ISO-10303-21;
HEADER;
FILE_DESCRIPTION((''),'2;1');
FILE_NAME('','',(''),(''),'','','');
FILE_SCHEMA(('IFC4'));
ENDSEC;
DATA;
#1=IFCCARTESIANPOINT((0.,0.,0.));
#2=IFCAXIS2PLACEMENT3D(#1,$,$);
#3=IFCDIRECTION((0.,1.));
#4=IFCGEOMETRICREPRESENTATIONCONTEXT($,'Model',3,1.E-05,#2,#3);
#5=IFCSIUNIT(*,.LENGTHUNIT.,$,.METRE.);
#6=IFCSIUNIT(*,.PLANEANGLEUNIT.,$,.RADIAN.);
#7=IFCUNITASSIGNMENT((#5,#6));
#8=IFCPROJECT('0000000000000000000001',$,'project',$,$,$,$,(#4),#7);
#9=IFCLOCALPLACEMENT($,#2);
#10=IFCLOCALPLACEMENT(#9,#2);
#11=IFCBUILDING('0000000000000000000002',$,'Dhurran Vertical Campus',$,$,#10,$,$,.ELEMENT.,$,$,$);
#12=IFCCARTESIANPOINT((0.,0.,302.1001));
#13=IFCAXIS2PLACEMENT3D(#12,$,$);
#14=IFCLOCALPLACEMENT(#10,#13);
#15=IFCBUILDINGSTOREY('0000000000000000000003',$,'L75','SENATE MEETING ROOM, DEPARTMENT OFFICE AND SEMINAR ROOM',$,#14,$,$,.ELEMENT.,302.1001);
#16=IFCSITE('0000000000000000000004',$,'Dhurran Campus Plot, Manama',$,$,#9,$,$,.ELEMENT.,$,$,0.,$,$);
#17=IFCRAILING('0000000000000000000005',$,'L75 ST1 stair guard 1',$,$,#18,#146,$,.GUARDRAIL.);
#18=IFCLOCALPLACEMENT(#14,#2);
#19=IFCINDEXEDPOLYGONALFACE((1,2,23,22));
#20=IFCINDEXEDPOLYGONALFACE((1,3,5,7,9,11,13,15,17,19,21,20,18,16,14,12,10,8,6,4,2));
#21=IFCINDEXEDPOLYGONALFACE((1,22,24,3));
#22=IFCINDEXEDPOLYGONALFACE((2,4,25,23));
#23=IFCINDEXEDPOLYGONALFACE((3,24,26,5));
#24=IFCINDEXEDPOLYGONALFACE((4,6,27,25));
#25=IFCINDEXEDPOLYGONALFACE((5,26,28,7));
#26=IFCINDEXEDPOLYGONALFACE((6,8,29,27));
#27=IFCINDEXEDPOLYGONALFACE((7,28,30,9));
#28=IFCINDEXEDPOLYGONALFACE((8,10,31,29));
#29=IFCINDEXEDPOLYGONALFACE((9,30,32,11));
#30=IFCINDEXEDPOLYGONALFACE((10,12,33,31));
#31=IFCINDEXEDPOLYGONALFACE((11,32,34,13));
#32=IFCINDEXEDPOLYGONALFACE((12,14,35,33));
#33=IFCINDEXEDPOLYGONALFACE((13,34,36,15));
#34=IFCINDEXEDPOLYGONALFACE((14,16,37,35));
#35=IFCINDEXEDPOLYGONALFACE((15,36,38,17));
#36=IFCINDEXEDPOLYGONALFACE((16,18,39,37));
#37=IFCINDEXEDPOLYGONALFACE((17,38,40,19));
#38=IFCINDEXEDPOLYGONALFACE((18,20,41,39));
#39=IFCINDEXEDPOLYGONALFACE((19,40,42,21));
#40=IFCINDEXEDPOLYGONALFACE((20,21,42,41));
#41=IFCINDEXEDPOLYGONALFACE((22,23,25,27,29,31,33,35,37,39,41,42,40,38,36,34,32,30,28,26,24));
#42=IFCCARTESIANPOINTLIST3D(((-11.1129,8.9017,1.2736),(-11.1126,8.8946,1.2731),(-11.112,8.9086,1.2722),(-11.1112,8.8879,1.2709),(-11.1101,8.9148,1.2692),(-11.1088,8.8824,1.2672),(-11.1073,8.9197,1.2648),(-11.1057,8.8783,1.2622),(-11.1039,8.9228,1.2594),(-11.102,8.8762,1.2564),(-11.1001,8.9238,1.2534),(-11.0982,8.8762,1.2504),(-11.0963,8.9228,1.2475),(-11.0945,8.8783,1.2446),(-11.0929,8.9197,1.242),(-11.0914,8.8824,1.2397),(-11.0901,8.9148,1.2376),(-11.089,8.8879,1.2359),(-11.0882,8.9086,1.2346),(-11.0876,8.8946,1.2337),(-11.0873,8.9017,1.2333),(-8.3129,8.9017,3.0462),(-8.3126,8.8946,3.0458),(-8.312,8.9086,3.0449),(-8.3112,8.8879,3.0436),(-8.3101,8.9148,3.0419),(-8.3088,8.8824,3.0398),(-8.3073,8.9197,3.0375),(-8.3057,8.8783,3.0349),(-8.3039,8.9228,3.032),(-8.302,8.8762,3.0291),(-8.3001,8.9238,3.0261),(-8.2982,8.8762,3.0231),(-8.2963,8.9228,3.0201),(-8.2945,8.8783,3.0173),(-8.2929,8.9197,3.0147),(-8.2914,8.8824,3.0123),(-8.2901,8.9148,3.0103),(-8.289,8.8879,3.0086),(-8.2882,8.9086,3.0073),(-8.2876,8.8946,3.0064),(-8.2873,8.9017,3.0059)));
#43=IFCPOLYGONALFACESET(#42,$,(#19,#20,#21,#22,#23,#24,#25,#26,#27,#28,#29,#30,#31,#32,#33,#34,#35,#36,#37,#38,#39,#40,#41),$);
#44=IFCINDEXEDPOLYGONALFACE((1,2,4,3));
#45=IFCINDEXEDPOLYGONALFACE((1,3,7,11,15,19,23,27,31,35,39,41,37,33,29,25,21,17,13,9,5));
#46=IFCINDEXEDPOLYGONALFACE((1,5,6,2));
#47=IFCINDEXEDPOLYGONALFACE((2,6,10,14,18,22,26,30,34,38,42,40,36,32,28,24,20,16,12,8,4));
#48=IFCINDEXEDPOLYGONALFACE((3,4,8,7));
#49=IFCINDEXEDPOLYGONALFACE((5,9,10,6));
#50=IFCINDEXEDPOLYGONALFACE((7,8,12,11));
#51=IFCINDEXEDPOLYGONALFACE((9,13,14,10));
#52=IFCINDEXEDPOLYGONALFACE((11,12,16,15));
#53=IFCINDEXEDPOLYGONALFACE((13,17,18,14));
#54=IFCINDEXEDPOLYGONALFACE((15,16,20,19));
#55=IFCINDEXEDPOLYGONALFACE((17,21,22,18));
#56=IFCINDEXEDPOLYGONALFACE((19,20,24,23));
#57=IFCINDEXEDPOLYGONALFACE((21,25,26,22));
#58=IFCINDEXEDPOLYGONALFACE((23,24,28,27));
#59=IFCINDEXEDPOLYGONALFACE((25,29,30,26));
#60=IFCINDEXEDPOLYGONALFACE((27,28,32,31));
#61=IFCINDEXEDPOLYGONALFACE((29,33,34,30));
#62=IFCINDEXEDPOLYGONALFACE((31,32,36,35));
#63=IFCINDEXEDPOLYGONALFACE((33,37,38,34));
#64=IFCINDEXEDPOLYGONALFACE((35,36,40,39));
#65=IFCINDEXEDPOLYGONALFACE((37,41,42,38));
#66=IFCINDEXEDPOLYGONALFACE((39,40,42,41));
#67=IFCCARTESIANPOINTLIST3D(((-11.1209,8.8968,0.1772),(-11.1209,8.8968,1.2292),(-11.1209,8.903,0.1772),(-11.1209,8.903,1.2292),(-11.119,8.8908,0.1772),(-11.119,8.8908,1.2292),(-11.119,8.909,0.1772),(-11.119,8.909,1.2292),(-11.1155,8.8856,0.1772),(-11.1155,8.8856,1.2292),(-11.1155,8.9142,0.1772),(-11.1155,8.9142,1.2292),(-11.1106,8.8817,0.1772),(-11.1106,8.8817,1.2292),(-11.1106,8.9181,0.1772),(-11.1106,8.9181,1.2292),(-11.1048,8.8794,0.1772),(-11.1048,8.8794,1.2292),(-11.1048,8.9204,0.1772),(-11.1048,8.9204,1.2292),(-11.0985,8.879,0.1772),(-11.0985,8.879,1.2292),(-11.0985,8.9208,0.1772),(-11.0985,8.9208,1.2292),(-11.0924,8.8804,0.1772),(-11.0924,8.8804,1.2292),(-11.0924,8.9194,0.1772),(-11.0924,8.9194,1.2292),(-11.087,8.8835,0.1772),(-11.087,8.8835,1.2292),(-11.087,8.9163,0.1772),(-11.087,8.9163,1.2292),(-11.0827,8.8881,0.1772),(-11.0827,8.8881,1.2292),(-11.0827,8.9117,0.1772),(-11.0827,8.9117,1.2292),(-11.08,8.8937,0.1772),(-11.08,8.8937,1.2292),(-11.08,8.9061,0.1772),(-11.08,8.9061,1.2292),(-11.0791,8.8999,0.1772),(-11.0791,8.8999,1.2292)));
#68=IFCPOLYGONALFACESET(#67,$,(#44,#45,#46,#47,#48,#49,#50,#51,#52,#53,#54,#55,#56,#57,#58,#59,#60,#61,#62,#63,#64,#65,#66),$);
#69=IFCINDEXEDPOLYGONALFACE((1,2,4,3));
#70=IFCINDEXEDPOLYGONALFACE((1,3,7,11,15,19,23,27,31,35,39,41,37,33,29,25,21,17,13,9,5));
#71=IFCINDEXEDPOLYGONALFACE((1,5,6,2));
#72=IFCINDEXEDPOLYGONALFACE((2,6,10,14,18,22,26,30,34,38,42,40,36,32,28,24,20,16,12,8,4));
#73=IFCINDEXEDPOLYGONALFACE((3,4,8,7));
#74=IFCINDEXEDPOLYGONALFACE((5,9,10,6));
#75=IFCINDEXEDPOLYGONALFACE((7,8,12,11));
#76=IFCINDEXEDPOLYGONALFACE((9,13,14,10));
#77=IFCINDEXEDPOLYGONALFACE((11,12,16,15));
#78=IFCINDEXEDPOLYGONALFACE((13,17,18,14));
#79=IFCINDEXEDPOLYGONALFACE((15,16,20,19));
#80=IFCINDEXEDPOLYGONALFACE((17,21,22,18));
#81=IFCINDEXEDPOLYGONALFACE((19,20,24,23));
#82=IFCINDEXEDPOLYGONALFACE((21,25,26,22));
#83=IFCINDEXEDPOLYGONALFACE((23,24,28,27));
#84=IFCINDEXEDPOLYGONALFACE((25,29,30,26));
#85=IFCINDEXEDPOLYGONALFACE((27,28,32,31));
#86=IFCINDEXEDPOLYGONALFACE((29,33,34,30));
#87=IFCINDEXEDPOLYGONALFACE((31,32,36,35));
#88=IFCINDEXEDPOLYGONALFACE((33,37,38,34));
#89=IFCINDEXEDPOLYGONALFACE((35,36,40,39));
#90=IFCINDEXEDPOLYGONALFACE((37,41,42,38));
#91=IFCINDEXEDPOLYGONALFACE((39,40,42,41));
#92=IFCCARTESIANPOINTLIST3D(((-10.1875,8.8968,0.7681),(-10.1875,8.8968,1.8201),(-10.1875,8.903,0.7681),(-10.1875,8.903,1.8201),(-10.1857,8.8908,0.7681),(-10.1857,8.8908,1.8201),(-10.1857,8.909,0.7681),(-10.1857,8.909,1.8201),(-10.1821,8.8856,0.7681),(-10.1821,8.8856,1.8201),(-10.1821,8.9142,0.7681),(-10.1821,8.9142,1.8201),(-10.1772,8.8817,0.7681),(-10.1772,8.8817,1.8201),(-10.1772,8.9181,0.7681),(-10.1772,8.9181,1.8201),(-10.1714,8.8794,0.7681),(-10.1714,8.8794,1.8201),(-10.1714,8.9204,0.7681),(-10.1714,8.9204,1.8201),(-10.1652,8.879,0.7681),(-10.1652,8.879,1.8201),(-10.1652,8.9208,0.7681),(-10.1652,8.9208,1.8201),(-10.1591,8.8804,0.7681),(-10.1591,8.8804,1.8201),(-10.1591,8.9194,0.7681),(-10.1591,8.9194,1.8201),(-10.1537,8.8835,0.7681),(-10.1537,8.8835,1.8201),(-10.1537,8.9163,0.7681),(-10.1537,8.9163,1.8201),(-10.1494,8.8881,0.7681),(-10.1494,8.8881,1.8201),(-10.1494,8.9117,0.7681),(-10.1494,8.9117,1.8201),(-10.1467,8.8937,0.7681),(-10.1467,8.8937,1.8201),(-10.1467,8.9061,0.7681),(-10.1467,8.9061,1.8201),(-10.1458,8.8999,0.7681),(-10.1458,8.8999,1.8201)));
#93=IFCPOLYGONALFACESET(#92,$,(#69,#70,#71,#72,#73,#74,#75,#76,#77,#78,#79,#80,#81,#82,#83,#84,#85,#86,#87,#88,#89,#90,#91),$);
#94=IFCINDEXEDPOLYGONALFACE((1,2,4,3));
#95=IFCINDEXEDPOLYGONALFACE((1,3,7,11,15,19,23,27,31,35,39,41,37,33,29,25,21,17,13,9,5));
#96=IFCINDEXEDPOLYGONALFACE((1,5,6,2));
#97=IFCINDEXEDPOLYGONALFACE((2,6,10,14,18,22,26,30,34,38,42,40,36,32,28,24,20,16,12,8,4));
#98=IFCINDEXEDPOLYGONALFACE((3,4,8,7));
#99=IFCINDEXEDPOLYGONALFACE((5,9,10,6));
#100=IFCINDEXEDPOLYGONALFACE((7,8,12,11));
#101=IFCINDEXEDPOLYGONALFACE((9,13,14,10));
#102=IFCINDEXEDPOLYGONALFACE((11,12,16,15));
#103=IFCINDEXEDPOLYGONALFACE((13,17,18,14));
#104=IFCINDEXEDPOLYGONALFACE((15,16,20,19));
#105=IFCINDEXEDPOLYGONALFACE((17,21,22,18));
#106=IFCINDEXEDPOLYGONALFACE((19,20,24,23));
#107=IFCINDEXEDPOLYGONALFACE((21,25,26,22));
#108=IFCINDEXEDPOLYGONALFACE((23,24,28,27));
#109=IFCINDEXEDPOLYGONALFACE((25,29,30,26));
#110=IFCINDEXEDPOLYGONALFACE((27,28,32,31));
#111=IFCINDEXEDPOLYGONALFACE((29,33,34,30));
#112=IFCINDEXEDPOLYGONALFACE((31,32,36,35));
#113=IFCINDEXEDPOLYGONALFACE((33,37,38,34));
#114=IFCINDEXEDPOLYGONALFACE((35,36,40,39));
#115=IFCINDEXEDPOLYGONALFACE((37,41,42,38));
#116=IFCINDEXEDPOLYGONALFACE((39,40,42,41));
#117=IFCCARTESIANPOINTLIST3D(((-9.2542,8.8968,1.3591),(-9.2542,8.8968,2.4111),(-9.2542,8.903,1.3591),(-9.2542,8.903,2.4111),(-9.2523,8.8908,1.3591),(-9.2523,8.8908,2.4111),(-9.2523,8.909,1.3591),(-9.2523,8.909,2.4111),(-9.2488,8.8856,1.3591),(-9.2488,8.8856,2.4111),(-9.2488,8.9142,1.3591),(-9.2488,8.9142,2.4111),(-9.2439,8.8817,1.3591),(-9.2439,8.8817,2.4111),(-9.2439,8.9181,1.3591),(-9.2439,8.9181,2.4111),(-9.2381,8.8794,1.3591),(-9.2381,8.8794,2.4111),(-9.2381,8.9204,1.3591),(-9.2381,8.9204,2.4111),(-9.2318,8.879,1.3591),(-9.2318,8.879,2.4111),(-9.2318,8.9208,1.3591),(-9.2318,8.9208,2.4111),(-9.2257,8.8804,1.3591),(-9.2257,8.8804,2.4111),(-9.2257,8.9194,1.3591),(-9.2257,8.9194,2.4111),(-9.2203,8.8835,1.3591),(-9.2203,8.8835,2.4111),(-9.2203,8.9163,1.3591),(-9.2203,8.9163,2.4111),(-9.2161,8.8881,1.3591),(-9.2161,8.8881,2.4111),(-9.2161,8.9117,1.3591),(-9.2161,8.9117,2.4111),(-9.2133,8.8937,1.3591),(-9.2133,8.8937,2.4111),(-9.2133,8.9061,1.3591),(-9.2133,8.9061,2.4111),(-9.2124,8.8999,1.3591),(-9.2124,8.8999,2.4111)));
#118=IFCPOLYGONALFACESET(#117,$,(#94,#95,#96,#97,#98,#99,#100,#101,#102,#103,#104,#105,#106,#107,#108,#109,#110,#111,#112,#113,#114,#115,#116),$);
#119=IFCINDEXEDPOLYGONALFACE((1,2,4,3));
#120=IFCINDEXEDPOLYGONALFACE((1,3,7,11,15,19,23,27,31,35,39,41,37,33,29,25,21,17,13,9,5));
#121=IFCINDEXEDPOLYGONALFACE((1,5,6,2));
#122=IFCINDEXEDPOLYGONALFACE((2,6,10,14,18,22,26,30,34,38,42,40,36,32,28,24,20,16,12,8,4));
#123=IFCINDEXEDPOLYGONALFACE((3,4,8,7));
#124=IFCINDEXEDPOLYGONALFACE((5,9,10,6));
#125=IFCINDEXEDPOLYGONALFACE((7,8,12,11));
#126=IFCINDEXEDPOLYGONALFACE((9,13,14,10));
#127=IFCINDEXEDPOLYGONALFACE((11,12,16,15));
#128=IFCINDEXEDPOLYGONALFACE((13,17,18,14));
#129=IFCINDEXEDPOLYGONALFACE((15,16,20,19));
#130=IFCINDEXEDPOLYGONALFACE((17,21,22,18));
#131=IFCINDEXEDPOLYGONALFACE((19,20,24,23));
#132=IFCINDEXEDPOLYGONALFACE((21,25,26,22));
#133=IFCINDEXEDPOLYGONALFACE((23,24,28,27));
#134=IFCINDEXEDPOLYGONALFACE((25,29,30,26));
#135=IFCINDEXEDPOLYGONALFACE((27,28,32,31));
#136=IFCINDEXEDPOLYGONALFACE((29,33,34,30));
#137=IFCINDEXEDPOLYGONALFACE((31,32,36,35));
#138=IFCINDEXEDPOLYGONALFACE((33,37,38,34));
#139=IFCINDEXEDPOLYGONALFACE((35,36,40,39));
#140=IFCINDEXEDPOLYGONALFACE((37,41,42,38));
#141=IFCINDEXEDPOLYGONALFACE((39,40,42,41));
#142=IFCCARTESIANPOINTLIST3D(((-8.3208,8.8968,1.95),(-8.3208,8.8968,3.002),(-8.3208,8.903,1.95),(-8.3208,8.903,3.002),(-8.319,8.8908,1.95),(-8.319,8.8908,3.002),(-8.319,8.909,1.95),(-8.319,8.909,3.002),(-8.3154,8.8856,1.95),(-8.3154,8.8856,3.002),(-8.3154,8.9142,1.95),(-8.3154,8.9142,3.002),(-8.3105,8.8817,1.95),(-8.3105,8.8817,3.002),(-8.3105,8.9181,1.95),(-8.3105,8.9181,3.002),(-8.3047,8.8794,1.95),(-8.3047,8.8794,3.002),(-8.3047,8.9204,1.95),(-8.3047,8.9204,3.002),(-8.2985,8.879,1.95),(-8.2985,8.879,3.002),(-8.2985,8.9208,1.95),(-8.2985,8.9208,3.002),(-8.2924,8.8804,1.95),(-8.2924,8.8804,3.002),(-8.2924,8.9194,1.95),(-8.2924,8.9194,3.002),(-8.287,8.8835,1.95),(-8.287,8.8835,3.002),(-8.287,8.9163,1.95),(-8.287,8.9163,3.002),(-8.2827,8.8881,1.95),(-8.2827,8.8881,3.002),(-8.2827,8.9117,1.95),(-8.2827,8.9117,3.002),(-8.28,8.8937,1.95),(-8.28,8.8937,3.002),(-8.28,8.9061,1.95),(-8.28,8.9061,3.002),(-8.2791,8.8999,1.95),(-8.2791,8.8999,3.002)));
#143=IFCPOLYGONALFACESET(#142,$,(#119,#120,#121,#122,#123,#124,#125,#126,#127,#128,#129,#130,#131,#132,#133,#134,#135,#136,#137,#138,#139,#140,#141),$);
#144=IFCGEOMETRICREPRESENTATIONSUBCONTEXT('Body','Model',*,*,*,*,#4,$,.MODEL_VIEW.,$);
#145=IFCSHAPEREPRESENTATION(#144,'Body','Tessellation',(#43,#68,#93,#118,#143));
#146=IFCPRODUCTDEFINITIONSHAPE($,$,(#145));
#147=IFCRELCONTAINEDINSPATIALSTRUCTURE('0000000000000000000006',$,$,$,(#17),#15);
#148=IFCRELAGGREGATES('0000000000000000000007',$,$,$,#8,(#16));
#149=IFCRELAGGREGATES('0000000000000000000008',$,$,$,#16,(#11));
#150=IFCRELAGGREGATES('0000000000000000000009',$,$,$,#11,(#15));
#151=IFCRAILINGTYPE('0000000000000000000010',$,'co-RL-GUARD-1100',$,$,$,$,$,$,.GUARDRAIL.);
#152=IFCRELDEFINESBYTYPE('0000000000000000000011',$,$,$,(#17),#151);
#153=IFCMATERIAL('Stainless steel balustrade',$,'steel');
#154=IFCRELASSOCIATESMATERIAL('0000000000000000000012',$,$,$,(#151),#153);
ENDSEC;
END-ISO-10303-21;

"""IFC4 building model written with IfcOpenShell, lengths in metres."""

from ifc_helpers import new_model, si_unit, direction, frame, origin, origin_2d, place, context, subcontext, project, spatial, circle, extrude, material, type_object, element, save


model = new_model("IFC4")

# Units and contexts
model_context = context("Model", 3, precision=1e-05, world=origin(), true_north=direction((0.0, 1.0)))
body_context = subcontext(model_context, "Body", "Model", "MODEL_VIEW")
ifc_project = project(units=[si_unit("LENGTHUNIT", "METRE"), si_unit("PLANEANGLEUNIT", "RADIAN")], contexts=[model_context])

# Site, building, storey
site_placement = place(None, origin())
site = spatial("IfcSite", under=ifc_project, at=site_placement, Name="Dhurran Campus Plot, Manama", CompositionType="ELEMENT", RefElevation=0.0)
building_placement = place(site_placement, origin())
building = spatial("IfcBuilding", under=site, at=building_placement, Name="Dhurran Vertical Campus", CompositionType="ELEMENT")
storey_placement = place(building_placement, frame((0.0, 0.0, 302.1001)))
storey = spatial("IfcBuildingStorey", under=building, at=storey_placement, Name="L75", Description="SENATE MEETING ROOM, DEPARTMENT OFFICE AND SEMINAR ROOM", CompositionType="ELEMENT", Elevation=302.1001)

# Railing
ifc_material_1 = material(Name="Stainless steel balustrade", Category="steel")
railing_type_1 = type_object("IfcRailingType", Name="co-RL-GUARD-1100", PredefinedType="GUARDRAIL", material=ifc_material_1)
railing_1_placement = place(storey_placement, frame((-11.1001, 8.8999, 0.1772)))
element("IfcRailing", 1, at=railing_1_placement, inside=storey, type_object=railing_type_1, Name="L75 ST1 stair guard 1", PredefinedType="GUARDRAIL", context=body_context, shape_type="SweptSolid", body=[
    extrude(circle(Radius=0.0239, at=origin_2d()), frame((0.0, 0.0, 1.0762), z_axis=(0.844909, 0.0, 0.53491), x_axis=(0.0, 1.0, 0.0)), (0.0, 0.0, 1.0), 3.314),
    extrude(circle(Radius=0.021, at=origin_2d()), origin(), (0.0, 0.0, 1.0), 1.052),
    extrude(circle(Radius=0.021, at=origin_2d()), frame((0.9333, 0.0, 0.5908)), (0.0, 0.0, 1.0), 1.052),
    extrude(circle(Radius=0.021, at=origin_2d()), frame((1.8667, 0.0, 1.1819)), (0.0, 0.0, 1.0), 1.052),
    extrude(circle(Radius=0.021, at=origin_2d()), frame((2.8, 0.0, 1.7727)), (0.0, 0.0, 1.0), 1.052),
])

save(model, "model.ifc")
